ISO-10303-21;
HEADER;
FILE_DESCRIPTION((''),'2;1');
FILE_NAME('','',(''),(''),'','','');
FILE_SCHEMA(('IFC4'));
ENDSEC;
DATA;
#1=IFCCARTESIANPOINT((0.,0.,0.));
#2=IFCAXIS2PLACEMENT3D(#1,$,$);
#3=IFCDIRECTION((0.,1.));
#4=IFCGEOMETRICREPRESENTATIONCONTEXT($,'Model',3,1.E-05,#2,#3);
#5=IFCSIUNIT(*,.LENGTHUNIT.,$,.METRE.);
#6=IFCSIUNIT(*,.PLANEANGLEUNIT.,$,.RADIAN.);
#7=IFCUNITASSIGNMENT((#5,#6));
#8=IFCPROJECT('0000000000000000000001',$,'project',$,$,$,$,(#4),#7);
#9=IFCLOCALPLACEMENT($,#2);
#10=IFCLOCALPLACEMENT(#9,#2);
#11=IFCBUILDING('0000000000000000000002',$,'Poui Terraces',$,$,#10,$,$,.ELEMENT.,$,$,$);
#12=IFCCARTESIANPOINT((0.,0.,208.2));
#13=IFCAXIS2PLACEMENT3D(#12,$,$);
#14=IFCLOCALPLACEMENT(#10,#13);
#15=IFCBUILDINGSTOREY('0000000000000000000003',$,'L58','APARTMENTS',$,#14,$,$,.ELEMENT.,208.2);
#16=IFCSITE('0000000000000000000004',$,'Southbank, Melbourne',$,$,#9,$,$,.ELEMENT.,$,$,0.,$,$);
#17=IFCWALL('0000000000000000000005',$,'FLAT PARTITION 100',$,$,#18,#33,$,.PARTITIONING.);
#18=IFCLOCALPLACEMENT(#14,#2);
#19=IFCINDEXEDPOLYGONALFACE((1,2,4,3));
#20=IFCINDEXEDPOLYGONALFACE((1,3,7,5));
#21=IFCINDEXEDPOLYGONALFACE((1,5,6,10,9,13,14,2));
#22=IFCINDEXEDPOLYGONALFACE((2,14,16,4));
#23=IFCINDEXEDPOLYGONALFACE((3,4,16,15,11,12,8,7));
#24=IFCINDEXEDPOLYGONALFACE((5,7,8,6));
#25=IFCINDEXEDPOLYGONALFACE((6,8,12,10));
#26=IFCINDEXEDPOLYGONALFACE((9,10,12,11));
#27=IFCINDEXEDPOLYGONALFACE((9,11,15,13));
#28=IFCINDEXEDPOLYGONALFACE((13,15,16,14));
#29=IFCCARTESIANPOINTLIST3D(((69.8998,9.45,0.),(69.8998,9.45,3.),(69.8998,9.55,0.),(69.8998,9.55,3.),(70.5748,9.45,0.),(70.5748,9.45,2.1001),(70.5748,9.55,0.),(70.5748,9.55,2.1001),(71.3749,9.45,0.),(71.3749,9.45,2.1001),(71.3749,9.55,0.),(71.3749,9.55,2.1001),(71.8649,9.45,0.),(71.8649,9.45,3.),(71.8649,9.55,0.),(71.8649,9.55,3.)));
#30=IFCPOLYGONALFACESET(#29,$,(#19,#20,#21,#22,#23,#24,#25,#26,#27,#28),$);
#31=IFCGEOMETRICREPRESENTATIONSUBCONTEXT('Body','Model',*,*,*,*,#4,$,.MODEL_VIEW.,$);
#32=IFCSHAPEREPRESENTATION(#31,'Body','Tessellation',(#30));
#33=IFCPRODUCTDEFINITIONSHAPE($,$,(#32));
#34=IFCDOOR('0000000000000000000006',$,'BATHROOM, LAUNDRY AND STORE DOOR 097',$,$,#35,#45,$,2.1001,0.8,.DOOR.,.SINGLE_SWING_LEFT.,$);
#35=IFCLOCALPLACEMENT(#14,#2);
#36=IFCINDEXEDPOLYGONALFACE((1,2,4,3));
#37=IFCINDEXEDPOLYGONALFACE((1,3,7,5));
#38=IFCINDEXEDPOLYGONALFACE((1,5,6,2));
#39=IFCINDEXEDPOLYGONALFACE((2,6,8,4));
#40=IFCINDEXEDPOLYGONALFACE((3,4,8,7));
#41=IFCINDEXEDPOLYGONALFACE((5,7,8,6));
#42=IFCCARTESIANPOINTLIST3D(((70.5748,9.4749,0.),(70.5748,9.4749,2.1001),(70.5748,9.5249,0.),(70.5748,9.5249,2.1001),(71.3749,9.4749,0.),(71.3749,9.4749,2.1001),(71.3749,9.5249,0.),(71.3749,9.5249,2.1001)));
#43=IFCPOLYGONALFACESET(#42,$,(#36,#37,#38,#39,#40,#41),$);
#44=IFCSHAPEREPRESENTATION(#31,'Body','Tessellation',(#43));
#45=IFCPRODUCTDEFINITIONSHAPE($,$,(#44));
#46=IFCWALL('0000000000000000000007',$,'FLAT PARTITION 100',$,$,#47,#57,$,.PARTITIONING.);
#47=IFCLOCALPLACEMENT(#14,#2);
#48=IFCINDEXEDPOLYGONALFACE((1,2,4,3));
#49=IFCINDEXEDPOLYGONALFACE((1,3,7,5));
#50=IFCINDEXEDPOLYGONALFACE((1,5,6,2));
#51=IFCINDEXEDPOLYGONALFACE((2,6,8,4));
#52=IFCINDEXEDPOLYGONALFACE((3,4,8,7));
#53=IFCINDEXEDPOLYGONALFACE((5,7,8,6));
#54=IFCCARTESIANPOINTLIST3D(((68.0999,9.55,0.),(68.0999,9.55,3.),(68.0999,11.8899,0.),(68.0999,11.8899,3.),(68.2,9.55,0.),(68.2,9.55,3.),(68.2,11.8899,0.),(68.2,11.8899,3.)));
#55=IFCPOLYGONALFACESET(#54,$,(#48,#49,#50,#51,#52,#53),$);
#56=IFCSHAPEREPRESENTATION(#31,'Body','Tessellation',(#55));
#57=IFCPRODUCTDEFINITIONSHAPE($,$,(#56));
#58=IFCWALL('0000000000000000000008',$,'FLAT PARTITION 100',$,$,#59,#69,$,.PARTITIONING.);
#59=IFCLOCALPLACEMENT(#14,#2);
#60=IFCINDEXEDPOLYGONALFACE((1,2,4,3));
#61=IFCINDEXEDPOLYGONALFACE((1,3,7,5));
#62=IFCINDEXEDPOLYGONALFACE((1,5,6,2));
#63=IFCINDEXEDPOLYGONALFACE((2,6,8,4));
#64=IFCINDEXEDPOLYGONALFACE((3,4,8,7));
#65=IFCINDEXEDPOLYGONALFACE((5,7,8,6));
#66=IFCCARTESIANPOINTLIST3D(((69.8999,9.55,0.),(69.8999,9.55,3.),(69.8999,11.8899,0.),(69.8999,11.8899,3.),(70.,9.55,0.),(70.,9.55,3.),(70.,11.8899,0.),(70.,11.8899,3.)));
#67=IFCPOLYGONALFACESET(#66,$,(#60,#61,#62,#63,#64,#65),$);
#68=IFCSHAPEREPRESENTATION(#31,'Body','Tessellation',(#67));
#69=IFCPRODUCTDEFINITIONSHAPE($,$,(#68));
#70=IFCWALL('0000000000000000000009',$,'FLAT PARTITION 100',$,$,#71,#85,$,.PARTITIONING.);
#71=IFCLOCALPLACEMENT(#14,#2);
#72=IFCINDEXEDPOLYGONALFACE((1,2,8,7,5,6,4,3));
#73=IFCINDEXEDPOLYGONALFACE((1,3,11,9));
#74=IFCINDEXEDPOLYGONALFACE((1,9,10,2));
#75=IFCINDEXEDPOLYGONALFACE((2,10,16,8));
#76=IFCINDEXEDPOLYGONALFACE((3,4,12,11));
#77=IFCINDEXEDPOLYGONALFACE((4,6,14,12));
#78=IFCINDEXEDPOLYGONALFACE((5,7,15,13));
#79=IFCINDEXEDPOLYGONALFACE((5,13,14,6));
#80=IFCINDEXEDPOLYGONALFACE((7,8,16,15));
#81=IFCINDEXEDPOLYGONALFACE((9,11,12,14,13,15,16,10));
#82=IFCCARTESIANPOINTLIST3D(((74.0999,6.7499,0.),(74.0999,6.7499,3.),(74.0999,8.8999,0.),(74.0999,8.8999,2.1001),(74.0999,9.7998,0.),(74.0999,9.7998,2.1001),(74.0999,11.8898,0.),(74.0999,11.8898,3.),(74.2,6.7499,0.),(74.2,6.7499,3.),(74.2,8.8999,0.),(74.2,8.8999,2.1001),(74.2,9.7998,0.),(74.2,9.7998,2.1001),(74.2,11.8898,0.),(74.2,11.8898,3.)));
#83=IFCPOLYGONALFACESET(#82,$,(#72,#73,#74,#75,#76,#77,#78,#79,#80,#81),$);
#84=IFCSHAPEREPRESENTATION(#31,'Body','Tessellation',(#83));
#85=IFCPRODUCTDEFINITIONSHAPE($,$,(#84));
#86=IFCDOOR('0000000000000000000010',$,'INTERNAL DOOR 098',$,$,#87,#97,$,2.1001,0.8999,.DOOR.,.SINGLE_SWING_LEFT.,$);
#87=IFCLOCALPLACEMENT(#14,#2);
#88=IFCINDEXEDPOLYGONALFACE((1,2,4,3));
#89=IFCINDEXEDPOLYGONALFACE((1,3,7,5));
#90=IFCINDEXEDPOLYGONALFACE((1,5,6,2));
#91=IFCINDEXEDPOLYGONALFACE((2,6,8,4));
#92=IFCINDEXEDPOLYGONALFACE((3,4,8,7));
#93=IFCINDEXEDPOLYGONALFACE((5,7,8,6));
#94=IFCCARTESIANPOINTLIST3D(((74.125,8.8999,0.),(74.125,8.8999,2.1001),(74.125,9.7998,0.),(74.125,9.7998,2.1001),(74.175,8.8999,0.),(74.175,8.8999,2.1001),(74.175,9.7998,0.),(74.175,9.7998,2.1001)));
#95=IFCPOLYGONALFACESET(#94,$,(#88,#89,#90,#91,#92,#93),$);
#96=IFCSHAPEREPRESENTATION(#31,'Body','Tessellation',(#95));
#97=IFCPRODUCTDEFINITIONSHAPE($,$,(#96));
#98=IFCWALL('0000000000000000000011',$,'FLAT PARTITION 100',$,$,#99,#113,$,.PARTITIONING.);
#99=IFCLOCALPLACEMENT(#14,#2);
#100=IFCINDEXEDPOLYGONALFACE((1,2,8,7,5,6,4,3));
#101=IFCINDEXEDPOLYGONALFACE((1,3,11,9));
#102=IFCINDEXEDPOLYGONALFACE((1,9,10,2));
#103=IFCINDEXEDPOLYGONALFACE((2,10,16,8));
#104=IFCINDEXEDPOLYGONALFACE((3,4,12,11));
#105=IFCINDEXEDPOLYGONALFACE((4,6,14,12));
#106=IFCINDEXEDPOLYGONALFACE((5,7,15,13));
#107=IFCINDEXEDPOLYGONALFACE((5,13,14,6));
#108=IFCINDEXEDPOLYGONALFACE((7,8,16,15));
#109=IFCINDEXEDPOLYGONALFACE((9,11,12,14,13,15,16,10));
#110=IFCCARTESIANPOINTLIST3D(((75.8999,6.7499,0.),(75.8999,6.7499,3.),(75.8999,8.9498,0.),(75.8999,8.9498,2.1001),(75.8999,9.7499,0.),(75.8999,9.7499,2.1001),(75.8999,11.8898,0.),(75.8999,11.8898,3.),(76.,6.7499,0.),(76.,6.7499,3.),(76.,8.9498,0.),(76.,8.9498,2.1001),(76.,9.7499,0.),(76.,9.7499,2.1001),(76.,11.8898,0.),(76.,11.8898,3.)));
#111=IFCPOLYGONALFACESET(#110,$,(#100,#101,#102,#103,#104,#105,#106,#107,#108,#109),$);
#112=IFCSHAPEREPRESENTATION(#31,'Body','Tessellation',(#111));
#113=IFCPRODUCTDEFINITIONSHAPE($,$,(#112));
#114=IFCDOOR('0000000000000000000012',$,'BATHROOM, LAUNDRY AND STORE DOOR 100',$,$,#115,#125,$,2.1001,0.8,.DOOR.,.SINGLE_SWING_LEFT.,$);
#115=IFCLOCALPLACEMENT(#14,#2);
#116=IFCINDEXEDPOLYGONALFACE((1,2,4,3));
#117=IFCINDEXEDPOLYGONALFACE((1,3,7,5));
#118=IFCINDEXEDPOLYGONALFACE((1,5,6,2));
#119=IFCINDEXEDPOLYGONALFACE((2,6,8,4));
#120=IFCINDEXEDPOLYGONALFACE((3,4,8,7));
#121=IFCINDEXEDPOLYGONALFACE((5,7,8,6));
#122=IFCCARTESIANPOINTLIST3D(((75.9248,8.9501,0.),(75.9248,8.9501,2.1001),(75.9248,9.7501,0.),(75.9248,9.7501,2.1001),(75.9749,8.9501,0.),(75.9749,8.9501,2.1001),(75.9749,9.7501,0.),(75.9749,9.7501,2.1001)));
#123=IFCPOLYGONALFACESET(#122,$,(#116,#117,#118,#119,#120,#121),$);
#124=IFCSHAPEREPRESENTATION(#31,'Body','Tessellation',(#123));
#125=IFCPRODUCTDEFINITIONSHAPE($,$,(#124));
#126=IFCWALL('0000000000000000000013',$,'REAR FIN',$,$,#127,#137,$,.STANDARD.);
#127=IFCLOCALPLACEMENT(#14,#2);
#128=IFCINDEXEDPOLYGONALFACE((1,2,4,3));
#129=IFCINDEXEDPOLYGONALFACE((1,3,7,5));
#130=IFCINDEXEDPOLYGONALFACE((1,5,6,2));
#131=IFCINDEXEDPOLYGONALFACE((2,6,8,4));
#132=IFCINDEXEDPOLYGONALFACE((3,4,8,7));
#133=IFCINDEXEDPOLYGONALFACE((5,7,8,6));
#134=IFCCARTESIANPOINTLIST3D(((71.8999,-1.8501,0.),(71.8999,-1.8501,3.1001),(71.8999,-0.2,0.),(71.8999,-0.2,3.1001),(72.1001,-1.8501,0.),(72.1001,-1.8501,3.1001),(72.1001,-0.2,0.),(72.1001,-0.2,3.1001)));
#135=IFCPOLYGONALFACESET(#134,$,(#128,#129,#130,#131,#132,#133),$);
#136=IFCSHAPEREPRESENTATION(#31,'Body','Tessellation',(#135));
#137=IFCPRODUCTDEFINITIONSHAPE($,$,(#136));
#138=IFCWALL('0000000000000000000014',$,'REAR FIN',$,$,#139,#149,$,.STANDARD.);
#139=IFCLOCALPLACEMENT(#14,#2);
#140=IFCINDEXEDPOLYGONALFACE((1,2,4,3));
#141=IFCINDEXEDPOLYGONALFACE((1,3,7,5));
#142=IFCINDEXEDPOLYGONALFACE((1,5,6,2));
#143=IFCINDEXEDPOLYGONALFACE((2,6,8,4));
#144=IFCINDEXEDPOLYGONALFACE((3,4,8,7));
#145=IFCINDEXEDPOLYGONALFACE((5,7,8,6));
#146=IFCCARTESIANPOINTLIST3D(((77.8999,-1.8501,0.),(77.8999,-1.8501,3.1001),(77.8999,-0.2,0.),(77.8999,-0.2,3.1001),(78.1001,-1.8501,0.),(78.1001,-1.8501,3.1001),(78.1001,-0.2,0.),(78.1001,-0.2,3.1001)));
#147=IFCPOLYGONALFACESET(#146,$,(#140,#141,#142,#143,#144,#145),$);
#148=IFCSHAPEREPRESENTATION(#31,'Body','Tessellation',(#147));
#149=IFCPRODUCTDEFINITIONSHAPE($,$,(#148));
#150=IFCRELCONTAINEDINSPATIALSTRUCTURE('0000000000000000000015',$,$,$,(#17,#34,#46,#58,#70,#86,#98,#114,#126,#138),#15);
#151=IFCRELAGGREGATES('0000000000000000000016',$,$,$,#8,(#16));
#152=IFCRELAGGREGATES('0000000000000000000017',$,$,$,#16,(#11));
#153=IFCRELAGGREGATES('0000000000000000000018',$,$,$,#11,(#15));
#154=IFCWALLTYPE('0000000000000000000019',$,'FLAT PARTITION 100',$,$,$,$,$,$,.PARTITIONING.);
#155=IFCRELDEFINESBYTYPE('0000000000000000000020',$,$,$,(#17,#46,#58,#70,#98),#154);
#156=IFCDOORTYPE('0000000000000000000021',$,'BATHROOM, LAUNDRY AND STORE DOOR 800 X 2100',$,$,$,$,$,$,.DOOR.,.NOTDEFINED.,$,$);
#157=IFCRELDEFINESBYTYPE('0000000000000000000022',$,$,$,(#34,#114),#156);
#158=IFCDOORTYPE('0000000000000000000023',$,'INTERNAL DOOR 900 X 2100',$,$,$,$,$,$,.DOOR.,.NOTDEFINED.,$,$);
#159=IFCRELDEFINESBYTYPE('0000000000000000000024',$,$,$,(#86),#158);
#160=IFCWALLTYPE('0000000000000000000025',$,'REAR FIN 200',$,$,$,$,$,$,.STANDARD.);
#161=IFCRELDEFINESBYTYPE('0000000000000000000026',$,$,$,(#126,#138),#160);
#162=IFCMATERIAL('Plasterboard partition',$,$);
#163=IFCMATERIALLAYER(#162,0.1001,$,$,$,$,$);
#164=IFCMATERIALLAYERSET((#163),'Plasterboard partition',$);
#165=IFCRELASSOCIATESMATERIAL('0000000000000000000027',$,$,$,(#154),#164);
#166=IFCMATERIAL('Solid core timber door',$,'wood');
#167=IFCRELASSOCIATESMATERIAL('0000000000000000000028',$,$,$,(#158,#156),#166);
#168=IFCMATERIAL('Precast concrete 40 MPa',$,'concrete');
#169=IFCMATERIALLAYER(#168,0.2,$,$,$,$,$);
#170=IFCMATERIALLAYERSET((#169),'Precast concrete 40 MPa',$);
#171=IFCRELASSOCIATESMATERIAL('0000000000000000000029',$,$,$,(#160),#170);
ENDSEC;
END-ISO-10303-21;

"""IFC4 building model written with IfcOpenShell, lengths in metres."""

from ifc_helpers import new_model, si_unit, direction, frame, frame_2d, origin, place, context, subcontext, project, spatial, polyline, rectangle, outline, extrude, source, transform, mapped, material, layer, layer_set, type_object, element, fill, save


model = new_model("IFC4")

# Units and contexts
model_context = context("Model", 3, precision=1e-05, world=origin(), true_north=direction((0.0, 1.0)))
body_context = subcontext(model_context, "Body", "Model", "MODEL_VIEW")
ifc_project = project(units=[si_unit("LENGTHUNIT", "METRE"), si_unit("PLANEANGLEUNIT", "RADIAN")], contexts=[model_context])

# Site, building, storey
site_placement = place(None, origin())
site = spatial("IfcSite", under=ifc_project, at=site_placement, Name="Southbank, Melbourne", CompositionType="ELEMENT", RefElevation=0.0)
building_placement = place(site_placement, origin())
building = spatial("IfcBuilding", under=site, at=building_placement, Name="Poui Terraces", CompositionType="ELEMENT")
storey_placement = place(building_placement, frame((0.0, 0.0, 208.2)))
storey = spatial("IfcBuildingStorey", under=building, at=storey_placement, Name="L58", Description="APARTMENTS", CompositionType="ELEMENT", Elevation=208.2)

# Shared definitions
ifc_material_1 = material(Name="Precast concrete 40 MPa", Category="concrete")

# Shared definitions
ifc_material_2 = material(Name="Plasterboard partition")
ifc_layer_1 = layer(ifc_material_2, 0.1001)
ifc_layer_set_1 = layer_set([ifc_layer_1], Name="Plasterboard partition")
wall_type_1 = type_object("IfcWallType", Name="FLAT PARTITION 100", PredefinedType="PARTITIONING", material=ifc_layer_set_1)

# Wall, opening, door
ifc_material_3 = material(Name="Solid core timber door", Category="wood")
door_type_1 = type_object("IfcDoorType", Name="INTERNAL DOOR 900 X 2100", OperationType="NOTDEFINED", PredefinedType="DOOR", material=ifc_material_3)
wall_1_placement = place(storey_placement, frame((69.8999, 9.5, 0.0), z_axis=(0.0, 0.0, 1.0), x_axis=(1.0, 0.0, 0.0)))
wall_1 = element("IfcWall", 1, at=wall_1_placement, inside=storey, type_object=wall_type_1, Name="FLAT PARTITION 100", PredefinedType="PARTITIONING", context=body_context, shape_type="SweptSolid", body=[
    extrude(rectangle(XDim=1.9651, YDim=0.1001, at=frame_2d((0.9824, 0.0))), origin(), (0.0, 0.0, 1.0), 3.0),
])
opening_1_placement = place(wall_1_placement, frame((0.675, 0.0, 0.0)))
opening_1 = element("IfcOpeningElement", 2, at=opening_1_placement, cuts=wall_1, PredefinedType="OPENING", context=body_context, shape_type="SweptSolid", body=[
    extrude(rectangle(XDim=0.8, YDim=2.1001, at=frame_2d((0.3999, 1.05))), frame((0.0, 0.0601, 0.0), z_axis=(0.0, -1.0, 0.0), x_axis=(1.0, 0.0, 0.0)), (0.0, 0.0, 1.0), 0.1201),
])
door_type_2 = type_object("IfcDoorType", Name="BATHROOM, LAUNDRY AND STORE DOOR 800 X 2100", OperationType="NOTDEFINED", PredefinedType="DOOR", material=ifc_material_3)
door_1_placement = place(opening_1_placement, origin())
door_1 = element("IfcDoor", 3, at=door_1_placement, inside=storey, type_object=door_type_2, Name="BATHROOM, LAUNDRY AND STORE DOOR 097", OperationType="SINGLE_SWING_LEFT", OverallHeight=2.1001, OverallWidth=0.8, PredefinedType="DOOR", context=body_context, shape_type="SweptSolid", body=[
    extrude(rectangle(XDim=0.8, YDim=2.1001, at=frame_2d((0.3999, 1.05))), frame((0.0, 0.0249, 0.0), z_axis=(0.0, -1.0, 0.0), x_axis=(1.0, 0.0, 0.0)), (0.0, 0.0, 1.0), 0.05),
])
fill(opening_1, door_1)

# Walls
for number, where, z_axis, x_axis, name in (
    (4, (68.1499, 9.55, 0.0), (0.0, 0.0, 1.0), (0.0, 1.0, 0.0), "FLAT PARTITION 100"),
    (5, (69.95, 9.55, 0.0), (0.0, 0.0, 1.0), (0.0, 1.0, 0.0), "FLAT PARTITION 100"),
):
    element("IfcWall", number, at=place(storey_placement, frame(where, z_axis=z_axis, x_axis=x_axis)), inside=storey, type_object=wall_type_1, Name=name, PredefinedType="PARTITIONING", context=body_context, shape_type="SweptSolid", body=[
        extrude(rectangle(XDim=2.3398, YDim=0.1001, at=frame_2d((1.1699, 0.0))), origin(), (0.0, 0.0, 1.0), 3.0),
    ])

# Walls, openings, doors
wall_2_placement = place(storey_placement, frame((74.1499, 6.75, 0.0), z_axis=(0.0, 0.0, 1.0), x_axis=(0.0, 1.0, 0.0)))
wall_2 = element("IfcWall", 6, at=wall_2_placement, inside=storey, type_object=wall_type_1, Name="FLAT PARTITION 100", PredefinedType="PARTITIONING", context=body_context, shape_type="SweptSolid", body=[
    extrude(rectangle(XDim=5.1399, YDim=0.1001, at=frame_2d((2.5698, 0.0))), origin(), (0.0, 0.0, 1.0), 3.0),
])
opening_2_placement = place(wall_2_placement, frame((2.1499, 0.0, 0.0)))
opening_2 = element("IfcOpeningElement", 7, at=opening_2_placement, cuts=wall_2, PredefinedType="OPENING", context=body_context, shape_type="SweptSolid", body=[
    extrude(rectangle(XDim=0.8999, YDim=2.1001, at=frame_2d((0.45, 1.05))), frame((0.0, 0.0601, 0.0), z_axis=(0.0, -1.0, 0.0), x_axis=(1.0, 0.0, 0.0)), (0.0, 0.0, 1.0), 0.1201),
])
door_2_placement = place(opening_2_placement, origin())
door_2 = element("IfcDoor", 8, at=door_2_placement, inside=storey, type_object=door_type_1, Name="INTERNAL DOOR 098", OperationType="SINGLE_SWING_LEFT", OverallHeight=2.1001, OverallWidth=0.8999, PredefinedType="DOOR", context=body_context, shape_type="SweptSolid", body=[
    extrude(rectangle(XDim=0.8999, YDim=2.1001, at=frame_2d((0.45, 1.05))), frame((0.0, 0.0249, 0.0), z_axis=(0.0, -1.0, 0.0), x_axis=(1.0, 0.0, 0.0)), (0.0, 0.0, 1.0), 0.05),
])
fill(opening_2, door_2)
wall_3_placement = place(storey_placement, frame((75.95, 6.75, 0.0), z_axis=(0.0, 0.0, 1.0), x_axis=(0.0, 1.0, 0.0)))
wall_3 = element("IfcWall", 9, at=wall_3_placement, inside=storey, type_object=wall_type_1, Name="FLAT PARTITION 100", PredefinedType="PARTITIONING", context=body_context, shape_type="SweptSolid", body=[
    extrude(rectangle(XDim=5.1399, YDim=0.1001, at=frame_2d((2.5698, 0.0))), origin(), (0.0, 0.0, 1.0), 3.0),
])
opening_3_placement = place(wall_3_placement, frame((2.2, 0.0, 0.0)))
opening_3 = element("IfcOpeningElement", 10, at=opening_3_placement, cuts=wall_3, PredefinedType="OPENING", context=body_context, shape_type="SweptSolid", body=[
    extrude(rectangle(XDim=0.8, YDim=2.1001, at=frame_2d((0.3999, 1.05))), frame((0.0, 0.0601, 0.0), z_axis=(0.0, -1.0, 0.0), x_axis=(1.0, 0.0, 0.0)), (0.0, 0.0, 1.0), 0.1201),
])
door_3_placement = place(opening_3_placement, frame((0.8, 0.0, 0.0), z_axis=(0.0, 0.0, 1.0), x_axis=(-1.0, 0.0, 0.0)))
door_3 = element("IfcDoor", 11, at=door_3_placement, inside=storey, type_object=door_type_2, Name="BATHROOM, LAUNDRY AND STORE DOOR 100", OperationType="SINGLE_SWING_LEFT", OverallHeight=2.1001, OverallWidth=0.8, PredefinedType="DOOR", context=body_context, shape_type="SweptSolid", body=[
    extrude(rectangle(XDim=0.8, YDim=2.1001, at=frame_2d((0.3999, 1.05))), frame((0.0, 0.0249, 0.0), z_axis=(0.0, -1.0, 0.0), x_axis=(1.0, 0.0, 0.0)), (0.0, 0.0, 1.0), 0.05),
])
fill(opening_3, door_3)

# Walls
ifc_layer_2 = layer(ifc_material_1, 0.2)
ifc_layer_set_2 = layer_set([ifc_layer_2], Name="Precast concrete 40 MPa")
wall_type_2 = type_object("IfcWallType", Name="REAR FIN 200", PredefinedType="STANDARD", material=ifc_layer_set_2)
shared_shape_1 = source(origin(), body_context, "Body", "SweptSolid", [
    extrude(outline(polyline([(0.0, 0.0), (0.2002, 0.0), (0.2002, 1.6501), (0.0, 1.6501), (0.0, 0.0)])), origin(), (0.0, 0.0, 1.0), 3.1001),
])
for number, where, name in (
    (12, (71.8999, -1.8501, 0.0), "REAR FIN"),
    (13, (77.8999, -1.8501, 0.0), "REAR FIN"),
):
    element("IfcWall", number, at=place(storey_placement, frame(where)), inside=storey, type_object=wall_type_2, Name=name, PredefinedType="STANDARD", context=body_context, shape_type="MappedRepresentation", body=[
        mapped(shared_shape_1, transform((0.0, 0.0, 0.0))),
    ])

save(model, "model.ifc")
